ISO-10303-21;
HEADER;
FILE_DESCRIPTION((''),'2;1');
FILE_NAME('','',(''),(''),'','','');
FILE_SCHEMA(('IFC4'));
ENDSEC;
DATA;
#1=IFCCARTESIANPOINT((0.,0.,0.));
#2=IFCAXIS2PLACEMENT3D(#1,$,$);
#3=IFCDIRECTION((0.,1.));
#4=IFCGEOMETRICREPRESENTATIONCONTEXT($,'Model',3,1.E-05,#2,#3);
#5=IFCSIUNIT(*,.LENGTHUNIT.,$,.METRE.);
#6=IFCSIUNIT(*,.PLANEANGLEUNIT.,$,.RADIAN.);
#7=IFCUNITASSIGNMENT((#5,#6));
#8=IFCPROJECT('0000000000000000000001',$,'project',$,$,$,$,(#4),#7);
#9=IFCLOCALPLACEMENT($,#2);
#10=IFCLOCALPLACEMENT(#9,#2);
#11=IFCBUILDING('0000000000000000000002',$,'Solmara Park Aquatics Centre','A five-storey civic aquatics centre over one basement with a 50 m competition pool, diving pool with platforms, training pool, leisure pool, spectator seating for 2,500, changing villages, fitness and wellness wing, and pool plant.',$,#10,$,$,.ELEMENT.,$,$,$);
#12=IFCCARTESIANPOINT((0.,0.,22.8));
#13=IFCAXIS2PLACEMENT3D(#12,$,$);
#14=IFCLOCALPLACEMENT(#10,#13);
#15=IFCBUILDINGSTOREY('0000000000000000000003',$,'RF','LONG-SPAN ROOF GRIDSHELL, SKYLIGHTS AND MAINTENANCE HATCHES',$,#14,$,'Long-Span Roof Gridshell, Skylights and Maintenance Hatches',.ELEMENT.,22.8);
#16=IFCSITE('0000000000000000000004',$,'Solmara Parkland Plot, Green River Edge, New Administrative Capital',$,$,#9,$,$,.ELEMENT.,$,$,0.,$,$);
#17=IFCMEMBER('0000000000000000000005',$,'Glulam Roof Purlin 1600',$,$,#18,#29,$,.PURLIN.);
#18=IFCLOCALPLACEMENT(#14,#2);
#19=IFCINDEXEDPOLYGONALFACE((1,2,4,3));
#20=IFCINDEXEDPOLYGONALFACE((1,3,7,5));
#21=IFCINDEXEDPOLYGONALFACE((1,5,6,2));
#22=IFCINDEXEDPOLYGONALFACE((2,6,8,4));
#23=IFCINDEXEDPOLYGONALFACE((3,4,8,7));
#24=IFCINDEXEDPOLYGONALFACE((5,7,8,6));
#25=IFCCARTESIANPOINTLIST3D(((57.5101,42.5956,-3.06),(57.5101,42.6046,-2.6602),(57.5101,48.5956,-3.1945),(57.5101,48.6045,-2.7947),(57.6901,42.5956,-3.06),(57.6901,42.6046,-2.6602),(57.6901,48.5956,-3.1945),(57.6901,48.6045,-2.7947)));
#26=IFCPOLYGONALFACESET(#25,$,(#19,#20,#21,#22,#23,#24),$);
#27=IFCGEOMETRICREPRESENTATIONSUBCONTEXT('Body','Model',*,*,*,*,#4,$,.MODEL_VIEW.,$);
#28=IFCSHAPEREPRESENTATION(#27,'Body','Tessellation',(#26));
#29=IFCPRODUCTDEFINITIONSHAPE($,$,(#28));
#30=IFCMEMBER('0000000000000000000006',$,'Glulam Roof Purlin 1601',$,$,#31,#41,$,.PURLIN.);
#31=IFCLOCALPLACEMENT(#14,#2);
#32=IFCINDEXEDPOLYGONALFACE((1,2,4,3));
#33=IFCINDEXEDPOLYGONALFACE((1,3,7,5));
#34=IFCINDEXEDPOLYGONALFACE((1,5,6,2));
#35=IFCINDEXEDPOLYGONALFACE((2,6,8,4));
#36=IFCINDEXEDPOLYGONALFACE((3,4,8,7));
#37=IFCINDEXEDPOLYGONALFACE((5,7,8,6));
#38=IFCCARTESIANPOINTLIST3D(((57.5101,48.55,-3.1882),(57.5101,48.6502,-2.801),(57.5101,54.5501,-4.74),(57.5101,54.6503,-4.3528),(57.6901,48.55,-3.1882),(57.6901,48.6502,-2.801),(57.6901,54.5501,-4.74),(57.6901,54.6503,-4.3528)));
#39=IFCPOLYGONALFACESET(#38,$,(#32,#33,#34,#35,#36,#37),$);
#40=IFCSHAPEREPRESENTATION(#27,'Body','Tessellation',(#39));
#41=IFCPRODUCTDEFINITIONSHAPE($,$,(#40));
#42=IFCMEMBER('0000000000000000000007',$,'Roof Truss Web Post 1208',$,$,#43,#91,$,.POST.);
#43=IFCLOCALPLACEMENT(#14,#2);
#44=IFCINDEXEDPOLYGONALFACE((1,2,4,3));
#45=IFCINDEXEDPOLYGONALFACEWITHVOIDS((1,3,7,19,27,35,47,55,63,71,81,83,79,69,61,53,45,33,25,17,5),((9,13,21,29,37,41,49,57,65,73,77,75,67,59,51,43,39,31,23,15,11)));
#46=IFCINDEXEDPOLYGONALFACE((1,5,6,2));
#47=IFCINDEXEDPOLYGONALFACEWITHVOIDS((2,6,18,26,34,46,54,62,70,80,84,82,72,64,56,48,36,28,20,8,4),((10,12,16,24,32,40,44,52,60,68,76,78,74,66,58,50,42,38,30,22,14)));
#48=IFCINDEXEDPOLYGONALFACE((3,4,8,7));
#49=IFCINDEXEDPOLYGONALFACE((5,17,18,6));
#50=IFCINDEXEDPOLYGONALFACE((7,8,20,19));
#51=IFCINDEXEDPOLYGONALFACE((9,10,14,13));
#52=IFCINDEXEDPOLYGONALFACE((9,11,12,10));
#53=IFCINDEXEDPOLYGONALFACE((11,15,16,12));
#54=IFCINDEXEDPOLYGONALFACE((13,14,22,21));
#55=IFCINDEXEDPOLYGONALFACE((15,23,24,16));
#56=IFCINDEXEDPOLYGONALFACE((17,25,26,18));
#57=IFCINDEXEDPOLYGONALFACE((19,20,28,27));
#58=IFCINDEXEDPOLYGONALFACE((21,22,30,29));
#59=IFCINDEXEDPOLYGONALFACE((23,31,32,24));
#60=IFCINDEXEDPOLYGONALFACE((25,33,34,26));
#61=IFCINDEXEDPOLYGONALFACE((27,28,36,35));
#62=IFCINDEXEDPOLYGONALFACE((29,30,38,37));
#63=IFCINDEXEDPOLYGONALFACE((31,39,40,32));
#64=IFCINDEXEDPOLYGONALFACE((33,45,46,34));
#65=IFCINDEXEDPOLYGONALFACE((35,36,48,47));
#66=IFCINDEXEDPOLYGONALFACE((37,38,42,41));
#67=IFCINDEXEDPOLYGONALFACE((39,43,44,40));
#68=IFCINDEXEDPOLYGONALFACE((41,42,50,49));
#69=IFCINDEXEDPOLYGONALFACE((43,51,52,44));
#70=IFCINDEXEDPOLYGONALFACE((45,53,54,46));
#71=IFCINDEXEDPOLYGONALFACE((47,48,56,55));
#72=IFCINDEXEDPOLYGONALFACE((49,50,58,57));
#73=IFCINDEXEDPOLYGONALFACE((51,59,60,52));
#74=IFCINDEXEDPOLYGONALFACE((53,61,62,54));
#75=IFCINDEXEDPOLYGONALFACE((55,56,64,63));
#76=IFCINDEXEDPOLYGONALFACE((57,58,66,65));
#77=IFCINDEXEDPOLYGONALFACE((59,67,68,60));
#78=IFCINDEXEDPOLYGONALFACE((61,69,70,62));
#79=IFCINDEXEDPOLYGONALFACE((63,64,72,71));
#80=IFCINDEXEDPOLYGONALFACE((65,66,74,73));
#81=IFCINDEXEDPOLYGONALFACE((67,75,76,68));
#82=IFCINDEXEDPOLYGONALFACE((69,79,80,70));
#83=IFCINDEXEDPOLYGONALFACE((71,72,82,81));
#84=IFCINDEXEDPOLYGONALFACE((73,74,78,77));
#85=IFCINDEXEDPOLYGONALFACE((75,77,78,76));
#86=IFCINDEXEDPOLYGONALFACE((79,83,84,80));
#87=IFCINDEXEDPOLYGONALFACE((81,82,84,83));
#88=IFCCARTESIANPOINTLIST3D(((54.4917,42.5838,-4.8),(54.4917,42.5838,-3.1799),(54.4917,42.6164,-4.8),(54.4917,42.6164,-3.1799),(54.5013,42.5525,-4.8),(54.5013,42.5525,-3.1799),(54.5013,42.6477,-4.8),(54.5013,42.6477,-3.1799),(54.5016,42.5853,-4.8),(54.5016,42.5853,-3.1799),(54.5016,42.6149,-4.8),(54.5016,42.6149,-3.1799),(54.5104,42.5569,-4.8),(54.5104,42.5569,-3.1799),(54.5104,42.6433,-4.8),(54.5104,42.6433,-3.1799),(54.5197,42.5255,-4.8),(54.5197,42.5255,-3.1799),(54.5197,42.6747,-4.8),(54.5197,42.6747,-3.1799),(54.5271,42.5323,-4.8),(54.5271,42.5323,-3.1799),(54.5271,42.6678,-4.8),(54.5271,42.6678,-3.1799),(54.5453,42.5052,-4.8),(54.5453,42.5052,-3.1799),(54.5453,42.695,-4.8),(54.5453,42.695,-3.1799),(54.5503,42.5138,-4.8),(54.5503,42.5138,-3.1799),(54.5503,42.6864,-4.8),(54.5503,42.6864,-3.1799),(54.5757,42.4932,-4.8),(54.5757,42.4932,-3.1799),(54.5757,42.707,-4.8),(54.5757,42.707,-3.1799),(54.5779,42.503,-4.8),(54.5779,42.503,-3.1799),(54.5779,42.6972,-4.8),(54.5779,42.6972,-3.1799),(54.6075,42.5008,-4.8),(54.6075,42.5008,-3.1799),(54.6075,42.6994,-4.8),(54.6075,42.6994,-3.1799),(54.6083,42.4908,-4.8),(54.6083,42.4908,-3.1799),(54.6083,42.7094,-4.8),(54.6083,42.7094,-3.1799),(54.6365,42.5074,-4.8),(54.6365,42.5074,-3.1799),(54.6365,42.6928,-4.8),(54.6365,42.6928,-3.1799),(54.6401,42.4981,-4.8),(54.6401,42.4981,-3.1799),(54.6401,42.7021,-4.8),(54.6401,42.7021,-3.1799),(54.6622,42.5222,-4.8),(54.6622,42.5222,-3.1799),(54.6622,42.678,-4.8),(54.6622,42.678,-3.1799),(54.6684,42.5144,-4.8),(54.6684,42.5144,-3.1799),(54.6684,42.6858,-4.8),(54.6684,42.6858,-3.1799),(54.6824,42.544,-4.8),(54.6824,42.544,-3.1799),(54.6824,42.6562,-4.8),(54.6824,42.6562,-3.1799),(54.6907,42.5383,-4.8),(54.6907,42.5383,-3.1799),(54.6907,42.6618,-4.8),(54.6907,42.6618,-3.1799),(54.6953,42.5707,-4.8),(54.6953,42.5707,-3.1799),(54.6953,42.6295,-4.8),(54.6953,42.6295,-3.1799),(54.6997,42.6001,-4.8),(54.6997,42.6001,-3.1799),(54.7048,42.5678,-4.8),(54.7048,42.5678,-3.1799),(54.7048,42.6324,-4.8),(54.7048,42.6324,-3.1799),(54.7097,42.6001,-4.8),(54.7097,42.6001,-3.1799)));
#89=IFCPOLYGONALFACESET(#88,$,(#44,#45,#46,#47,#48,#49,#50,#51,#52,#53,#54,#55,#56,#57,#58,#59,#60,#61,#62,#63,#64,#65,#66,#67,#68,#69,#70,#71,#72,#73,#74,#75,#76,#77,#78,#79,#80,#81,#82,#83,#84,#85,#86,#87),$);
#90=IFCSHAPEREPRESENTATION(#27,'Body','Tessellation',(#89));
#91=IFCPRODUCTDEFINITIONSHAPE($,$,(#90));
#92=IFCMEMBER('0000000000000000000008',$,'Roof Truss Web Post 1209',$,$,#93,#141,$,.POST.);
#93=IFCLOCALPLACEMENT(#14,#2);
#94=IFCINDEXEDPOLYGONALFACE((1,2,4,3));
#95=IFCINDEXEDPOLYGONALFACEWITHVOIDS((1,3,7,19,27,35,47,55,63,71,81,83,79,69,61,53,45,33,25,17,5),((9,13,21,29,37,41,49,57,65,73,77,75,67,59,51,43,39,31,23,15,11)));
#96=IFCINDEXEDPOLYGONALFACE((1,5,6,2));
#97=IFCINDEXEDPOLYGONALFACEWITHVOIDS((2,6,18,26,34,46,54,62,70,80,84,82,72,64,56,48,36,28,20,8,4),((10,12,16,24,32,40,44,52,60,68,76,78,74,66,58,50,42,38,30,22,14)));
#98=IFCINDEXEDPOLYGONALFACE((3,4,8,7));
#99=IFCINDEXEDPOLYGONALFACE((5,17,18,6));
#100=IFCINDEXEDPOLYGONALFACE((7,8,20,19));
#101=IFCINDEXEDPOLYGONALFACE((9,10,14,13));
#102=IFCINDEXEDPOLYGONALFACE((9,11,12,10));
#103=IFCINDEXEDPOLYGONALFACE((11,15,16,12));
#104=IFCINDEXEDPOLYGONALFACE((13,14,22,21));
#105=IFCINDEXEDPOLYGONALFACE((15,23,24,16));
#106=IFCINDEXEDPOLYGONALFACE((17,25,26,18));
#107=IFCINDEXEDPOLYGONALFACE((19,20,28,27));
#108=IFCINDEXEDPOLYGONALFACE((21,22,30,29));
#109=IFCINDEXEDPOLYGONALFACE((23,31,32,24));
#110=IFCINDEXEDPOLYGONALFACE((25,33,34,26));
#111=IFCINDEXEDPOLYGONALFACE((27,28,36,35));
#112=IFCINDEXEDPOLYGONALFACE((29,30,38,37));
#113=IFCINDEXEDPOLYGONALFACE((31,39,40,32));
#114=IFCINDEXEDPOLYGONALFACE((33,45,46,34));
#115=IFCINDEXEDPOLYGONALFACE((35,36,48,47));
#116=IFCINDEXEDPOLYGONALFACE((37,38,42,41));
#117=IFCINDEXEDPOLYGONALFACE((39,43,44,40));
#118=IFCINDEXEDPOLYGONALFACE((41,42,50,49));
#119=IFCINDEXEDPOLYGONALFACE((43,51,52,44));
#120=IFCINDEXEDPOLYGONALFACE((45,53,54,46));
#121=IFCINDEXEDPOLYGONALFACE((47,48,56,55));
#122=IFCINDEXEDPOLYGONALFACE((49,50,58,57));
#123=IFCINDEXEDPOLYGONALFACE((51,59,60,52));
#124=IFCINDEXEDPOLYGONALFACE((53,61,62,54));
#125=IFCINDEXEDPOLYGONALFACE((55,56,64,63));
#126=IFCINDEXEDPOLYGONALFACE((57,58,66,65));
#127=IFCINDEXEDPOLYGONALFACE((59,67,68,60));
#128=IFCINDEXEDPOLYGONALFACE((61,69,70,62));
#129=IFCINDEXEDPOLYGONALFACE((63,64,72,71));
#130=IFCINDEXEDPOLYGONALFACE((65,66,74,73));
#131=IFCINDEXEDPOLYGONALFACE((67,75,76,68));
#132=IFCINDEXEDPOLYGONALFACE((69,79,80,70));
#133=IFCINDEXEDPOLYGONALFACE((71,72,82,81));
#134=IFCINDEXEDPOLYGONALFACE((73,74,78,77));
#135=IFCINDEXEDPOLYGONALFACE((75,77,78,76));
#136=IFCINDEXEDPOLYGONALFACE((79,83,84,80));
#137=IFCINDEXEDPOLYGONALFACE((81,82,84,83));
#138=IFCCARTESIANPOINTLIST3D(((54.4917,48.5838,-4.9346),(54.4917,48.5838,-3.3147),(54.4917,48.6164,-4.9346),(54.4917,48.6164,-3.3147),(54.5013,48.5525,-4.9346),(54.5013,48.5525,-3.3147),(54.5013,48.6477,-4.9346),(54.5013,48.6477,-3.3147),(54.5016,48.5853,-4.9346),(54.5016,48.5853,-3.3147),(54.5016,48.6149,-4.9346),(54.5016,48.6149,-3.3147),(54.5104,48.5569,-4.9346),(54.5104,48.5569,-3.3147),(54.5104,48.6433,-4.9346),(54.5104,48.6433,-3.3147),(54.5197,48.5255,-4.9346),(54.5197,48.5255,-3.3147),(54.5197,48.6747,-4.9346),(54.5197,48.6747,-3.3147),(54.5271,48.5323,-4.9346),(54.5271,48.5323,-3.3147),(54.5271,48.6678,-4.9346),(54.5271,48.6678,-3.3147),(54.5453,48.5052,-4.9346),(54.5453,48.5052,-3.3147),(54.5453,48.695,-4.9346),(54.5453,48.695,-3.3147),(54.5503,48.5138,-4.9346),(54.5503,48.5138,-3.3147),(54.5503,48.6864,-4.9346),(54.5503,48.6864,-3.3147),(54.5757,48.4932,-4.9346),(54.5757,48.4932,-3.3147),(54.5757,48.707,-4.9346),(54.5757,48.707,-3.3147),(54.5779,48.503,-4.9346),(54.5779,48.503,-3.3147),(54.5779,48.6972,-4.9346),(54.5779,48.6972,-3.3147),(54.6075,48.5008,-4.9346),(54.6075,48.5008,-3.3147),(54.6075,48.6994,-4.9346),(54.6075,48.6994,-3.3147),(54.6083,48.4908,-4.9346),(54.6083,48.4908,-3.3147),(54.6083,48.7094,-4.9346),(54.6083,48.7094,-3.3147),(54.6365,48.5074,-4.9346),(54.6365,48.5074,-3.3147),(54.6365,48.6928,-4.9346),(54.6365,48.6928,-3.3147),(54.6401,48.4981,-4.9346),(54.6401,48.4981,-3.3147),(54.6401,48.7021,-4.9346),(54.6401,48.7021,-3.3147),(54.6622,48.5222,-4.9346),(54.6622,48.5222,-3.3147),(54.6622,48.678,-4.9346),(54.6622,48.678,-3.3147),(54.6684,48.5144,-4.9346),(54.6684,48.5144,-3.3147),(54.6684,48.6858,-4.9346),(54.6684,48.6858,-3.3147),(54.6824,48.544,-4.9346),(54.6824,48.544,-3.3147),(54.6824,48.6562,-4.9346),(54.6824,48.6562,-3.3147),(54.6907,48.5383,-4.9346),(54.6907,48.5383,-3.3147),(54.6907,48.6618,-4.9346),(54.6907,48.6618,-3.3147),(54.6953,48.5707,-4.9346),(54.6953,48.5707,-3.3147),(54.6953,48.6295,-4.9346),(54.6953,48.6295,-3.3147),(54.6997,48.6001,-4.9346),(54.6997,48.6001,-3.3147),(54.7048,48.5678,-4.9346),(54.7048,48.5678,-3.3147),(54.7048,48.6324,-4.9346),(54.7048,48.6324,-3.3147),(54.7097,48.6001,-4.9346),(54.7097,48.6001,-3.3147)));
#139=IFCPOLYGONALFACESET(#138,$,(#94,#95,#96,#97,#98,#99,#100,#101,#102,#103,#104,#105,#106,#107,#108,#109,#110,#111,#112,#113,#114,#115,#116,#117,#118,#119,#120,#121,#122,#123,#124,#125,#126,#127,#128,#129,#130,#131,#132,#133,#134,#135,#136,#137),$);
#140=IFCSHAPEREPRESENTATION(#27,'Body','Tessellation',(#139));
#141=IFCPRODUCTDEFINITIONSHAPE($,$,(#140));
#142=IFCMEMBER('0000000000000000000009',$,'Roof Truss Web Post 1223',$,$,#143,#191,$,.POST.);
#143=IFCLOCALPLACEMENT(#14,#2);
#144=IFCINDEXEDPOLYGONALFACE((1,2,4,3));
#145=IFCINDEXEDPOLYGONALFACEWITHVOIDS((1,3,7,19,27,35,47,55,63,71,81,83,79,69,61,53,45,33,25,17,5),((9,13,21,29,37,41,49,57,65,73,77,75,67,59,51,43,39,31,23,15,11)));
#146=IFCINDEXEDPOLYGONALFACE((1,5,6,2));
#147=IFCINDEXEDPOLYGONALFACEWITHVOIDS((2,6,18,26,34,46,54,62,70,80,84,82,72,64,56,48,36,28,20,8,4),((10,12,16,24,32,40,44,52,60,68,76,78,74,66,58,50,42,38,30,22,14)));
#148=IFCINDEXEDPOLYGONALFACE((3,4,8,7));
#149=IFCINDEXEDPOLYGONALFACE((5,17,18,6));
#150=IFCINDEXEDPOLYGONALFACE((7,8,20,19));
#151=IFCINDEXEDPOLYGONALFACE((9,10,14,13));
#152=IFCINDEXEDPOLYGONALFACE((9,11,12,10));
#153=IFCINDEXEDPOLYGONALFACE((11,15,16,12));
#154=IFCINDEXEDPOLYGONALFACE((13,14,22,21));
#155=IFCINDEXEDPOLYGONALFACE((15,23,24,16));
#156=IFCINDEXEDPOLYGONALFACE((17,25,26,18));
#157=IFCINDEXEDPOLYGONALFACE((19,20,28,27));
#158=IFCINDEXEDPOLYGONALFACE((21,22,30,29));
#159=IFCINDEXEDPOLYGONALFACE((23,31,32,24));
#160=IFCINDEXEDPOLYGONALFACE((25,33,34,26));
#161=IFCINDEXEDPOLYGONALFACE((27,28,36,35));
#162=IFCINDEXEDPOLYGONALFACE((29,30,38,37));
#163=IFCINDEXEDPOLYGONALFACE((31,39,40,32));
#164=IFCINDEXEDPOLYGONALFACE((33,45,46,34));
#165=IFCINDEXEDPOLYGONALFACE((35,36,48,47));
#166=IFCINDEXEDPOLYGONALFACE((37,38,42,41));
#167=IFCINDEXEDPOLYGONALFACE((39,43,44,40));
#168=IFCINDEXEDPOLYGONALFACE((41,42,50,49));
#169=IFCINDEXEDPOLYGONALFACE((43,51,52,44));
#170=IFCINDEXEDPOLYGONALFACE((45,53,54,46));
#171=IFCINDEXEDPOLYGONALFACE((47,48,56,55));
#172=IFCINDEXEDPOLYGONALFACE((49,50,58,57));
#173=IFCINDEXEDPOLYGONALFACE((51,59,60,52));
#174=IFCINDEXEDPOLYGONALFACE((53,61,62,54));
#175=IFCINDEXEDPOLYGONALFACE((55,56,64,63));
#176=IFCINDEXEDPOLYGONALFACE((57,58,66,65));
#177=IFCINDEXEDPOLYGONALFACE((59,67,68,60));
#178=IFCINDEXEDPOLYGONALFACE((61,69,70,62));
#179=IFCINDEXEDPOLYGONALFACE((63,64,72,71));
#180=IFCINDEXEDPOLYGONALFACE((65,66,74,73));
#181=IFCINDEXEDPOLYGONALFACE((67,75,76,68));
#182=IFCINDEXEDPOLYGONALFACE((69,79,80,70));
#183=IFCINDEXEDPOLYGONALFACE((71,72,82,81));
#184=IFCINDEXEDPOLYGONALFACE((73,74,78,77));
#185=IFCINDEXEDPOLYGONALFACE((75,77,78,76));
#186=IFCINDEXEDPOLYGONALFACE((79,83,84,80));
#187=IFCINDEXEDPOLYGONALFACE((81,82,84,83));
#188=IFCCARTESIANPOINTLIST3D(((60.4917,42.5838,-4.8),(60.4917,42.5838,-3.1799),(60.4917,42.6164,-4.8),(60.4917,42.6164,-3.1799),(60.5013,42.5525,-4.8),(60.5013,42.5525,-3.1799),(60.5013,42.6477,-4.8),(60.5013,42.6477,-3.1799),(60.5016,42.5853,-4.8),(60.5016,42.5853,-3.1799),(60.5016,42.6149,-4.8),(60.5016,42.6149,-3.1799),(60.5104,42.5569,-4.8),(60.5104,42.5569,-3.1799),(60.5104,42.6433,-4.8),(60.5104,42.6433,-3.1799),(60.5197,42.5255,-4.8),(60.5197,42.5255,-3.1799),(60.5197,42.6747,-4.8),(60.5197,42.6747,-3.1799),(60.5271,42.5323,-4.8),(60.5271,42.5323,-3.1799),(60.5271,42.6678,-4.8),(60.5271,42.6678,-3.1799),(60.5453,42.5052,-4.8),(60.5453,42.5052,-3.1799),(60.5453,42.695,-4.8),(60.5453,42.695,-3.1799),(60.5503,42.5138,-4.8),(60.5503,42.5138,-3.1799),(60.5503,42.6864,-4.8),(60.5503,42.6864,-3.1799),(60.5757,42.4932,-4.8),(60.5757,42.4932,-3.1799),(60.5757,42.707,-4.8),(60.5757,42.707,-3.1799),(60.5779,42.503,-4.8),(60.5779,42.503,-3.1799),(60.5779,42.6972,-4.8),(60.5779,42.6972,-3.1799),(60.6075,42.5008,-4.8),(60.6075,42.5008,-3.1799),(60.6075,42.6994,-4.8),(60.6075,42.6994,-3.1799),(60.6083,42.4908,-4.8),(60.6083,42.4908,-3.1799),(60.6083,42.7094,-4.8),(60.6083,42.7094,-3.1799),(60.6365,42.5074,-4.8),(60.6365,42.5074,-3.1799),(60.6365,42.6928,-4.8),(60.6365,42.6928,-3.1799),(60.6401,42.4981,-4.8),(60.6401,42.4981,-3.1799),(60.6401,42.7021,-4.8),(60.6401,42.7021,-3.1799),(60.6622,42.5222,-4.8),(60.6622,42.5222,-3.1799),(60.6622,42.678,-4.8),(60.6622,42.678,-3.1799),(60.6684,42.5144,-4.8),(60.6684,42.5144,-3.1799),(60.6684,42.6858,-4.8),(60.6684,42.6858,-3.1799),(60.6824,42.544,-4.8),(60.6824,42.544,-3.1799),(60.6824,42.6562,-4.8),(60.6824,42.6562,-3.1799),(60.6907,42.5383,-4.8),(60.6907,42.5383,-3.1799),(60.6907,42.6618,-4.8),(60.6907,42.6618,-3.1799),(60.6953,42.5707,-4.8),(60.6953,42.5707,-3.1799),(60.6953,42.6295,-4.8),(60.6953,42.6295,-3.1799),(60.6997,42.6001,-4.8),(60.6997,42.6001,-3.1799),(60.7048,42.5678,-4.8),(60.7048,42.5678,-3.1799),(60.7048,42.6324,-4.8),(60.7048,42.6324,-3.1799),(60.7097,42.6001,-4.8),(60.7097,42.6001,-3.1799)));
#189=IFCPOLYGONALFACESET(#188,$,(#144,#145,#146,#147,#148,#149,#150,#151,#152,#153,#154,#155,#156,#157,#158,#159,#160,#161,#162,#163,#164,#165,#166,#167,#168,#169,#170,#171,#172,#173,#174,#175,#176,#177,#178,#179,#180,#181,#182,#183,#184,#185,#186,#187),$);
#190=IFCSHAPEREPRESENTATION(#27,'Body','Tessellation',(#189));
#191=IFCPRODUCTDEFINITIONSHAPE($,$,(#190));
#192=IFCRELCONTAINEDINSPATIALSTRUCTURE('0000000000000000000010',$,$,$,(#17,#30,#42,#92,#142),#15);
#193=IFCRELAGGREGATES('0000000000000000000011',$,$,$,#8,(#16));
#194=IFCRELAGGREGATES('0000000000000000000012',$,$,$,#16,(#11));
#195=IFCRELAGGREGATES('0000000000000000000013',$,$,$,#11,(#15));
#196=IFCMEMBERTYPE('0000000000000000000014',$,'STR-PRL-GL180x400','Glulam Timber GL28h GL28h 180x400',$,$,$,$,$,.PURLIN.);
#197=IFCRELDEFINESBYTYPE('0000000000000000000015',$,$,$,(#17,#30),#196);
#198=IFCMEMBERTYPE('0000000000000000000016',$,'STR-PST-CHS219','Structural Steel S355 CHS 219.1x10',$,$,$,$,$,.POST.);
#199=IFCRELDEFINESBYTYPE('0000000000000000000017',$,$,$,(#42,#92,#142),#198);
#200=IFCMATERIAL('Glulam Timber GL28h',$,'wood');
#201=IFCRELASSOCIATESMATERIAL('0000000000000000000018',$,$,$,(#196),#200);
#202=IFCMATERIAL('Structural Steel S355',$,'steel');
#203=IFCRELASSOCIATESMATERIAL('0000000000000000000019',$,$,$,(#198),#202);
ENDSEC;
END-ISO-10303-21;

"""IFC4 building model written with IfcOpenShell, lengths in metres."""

from ifc_helpers import new_model, si_unit, direction, frame, origin, origin_2d, place, context, subcontext, project, spatial, rectangle, hollow_circle, extrude, material, material_profile, profile_set, type_object, element, save


model = new_model("IFC4")

# Units and contexts
model_context = context("Model", 3, precision=1e-05, world=origin(), true_north=direction((0.0, 1.0)))
body_context = subcontext(model_context, "Body", "Model", "MODEL_VIEW")
ifc_project = project(units=[si_unit("LENGTHUNIT", "METRE"), si_unit("PLANEANGLEUNIT", "RADIAN")], contexts=[model_context])

# Site, building, storey
site_placement = place(None, origin())
site = spatial("IfcSite", under=ifc_project, at=site_placement, Name="Solmara Parkland Plot, Green River Edge, New Administrative Capital", CompositionType="ELEMENT", RefElevation=0.0)
building_placement = place(site_placement, origin())
building = spatial("IfcBuilding", under=site, at=building_placement, Name="Solmara Park Aquatics Centre", Description="A five-storey civic aquatics centre over one basement with a 50 m competition pool, diving pool with platforms, training pool, leisure pool, spectator seating for 2,500, changing villages, fitness and wellness wing, and pool plant.", CompositionType="ELEMENT")
storey_placement = place(building_placement, frame((0.0, 0.0, 22.8)))
storey = spatial("IfcBuildingStorey", under=building, at=storey_placement, Name="RF", Description="LONG-SPAN ROOF GRIDSHELL, SKYLIGHTS AND MAINTENANCE HATCHES", LongName="Long-Span Roof Gridshell, Skylights and Maintenance Hatches", CompositionType="ELEMENT", Elevation=22.8)

# Members
ifc_material_1 = material(Name="Structural Steel S355", Category="steel")
ifc_material_2 = material(Name="Glulam Timber GL28h", Category="wood")
ifc_material_profile_1 = material_profile(ifc_material_2, rectangle(XDim=0.1799, YDim=0.3999, at=origin_2d()), Name="GL28h 180x400")
ifc_profile_set_1 = profile_set([ifc_material_profile_1], Name="Glulam Timber GL28h")
member_type_1 = type_object("IfcMemberType", Name="STR-PRL-GL180x400", Description="Glulam Timber GL28h GL28h 180x400", PredefinedType="PURLIN", material=ifc_profile_set_1)
member_1_placement = place(storey_placement, frame((57.6001, 42.6001, -2.8601), z_axis=(0.0, 0.999749, -0.022415), x_axis=(-1.0, 0.0, 0.0)))
element("IfcMember", 1, at=member_1_placement, inside=storey, type_object=member_type_1, Name="Glulam Roof Purlin 1600", PredefinedType="PURLIN", context=body_context, shape_type="SweptSolid", body=[
    extrude(rectangle(XDim=0.1799, YDim=0.3999, at=origin_2d()), origin(), (0.0, 0.0, 1.0), 6.0015),
])
member_2_placement = place(storey_placement, frame((57.6001, 48.6001, -2.9946), z_axis=(0.0, 0.968146, -0.250388), x_axis=(-1.0, 0.0, 0.0)))
element("IfcMember", 2, at=member_2_placement, inside=storey, type_object=member_type_1, Name="Glulam Roof Purlin 1601", PredefinedType="PURLIN", context=body_context, shape_type="SweptSolid", body=[
    extrude(rectangle(XDim=0.1799, YDim=0.3999, at=origin_2d()), origin(), (0.0, 0.0, 1.0), 6.1975),
])
ifc_material_profile_2 = material_profile(ifc_material_1, hollow_circle(Radius=0.1096, WallThickness=0.01, at=origin_2d()), Name="CHS 219.1x10")
ifc_profile_set_2 = profile_set([ifc_material_profile_2], Name="Structural Steel S355")
member_type_2 = type_object("IfcMemberType", Name="STR-PST-CHS219", Description="Structural Steel S355 CHS 219.1x10", PredefinedType="POST", material=ifc_profile_set_2)
member_3_placement = place(storey_placement, frame((54.6001, 42.6001, -4.8), z_axis=(0.0, 0.0, 1.0), x_axis=(1.0, 0.0, 0.0)))
element("IfcMember", 3, at=member_3_placement, inside=storey, type_object=member_type_2, Name="Roof Truss Web Post 1208", PredefinedType="POST", context=body_context, shape_type="SweptSolid", body=[
    extrude(hollow_circle(Radius=0.1096, WallThickness=0.01, at=origin_2d()), origin(), (0.0, 0.0, 1.0), 1.6201),
])
member_4_placement = place(storey_placement, frame((54.6001, 48.6001, -4.9346), z_axis=(0.0, 0.0, 1.0), x_axis=(1.0, 0.0, 0.0)))
element("IfcMember", 4, at=member_4_placement, inside=storey, type_object=member_type_2, Name="Roof Truss Web Post 1209", PredefinedType="POST", context=body_context, shape_type="SweptSolid", body=[
    extrude(hollow_circle(Radius=0.1096, WallThickness=0.01, at=origin_2d()), origin(), (0.0, 0.0, 1.0), 1.6199),
])
member_5_placement = place(storey_placement, frame((60.6001, 42.6001, -4.8), z_axis=(0.0, 0.0, 1.0), x_axis=(1.0, 0.0, 0.0)))
element("IfcMember", 5, at=member_5_placement, inside=storey, type_object=member_type_2, Name="Roof Truss Web Post 1223", PredefinedType="POST", context=body_context, shape_type="SweptSolid", body=[
    extrude(hollow_circle(Radius=0.1096, WallThickness=0.01, at=origin_2d()), origin(), (0.0, 0.0, 1.0), 1.6201),
])

save(model, "model.ifc")
